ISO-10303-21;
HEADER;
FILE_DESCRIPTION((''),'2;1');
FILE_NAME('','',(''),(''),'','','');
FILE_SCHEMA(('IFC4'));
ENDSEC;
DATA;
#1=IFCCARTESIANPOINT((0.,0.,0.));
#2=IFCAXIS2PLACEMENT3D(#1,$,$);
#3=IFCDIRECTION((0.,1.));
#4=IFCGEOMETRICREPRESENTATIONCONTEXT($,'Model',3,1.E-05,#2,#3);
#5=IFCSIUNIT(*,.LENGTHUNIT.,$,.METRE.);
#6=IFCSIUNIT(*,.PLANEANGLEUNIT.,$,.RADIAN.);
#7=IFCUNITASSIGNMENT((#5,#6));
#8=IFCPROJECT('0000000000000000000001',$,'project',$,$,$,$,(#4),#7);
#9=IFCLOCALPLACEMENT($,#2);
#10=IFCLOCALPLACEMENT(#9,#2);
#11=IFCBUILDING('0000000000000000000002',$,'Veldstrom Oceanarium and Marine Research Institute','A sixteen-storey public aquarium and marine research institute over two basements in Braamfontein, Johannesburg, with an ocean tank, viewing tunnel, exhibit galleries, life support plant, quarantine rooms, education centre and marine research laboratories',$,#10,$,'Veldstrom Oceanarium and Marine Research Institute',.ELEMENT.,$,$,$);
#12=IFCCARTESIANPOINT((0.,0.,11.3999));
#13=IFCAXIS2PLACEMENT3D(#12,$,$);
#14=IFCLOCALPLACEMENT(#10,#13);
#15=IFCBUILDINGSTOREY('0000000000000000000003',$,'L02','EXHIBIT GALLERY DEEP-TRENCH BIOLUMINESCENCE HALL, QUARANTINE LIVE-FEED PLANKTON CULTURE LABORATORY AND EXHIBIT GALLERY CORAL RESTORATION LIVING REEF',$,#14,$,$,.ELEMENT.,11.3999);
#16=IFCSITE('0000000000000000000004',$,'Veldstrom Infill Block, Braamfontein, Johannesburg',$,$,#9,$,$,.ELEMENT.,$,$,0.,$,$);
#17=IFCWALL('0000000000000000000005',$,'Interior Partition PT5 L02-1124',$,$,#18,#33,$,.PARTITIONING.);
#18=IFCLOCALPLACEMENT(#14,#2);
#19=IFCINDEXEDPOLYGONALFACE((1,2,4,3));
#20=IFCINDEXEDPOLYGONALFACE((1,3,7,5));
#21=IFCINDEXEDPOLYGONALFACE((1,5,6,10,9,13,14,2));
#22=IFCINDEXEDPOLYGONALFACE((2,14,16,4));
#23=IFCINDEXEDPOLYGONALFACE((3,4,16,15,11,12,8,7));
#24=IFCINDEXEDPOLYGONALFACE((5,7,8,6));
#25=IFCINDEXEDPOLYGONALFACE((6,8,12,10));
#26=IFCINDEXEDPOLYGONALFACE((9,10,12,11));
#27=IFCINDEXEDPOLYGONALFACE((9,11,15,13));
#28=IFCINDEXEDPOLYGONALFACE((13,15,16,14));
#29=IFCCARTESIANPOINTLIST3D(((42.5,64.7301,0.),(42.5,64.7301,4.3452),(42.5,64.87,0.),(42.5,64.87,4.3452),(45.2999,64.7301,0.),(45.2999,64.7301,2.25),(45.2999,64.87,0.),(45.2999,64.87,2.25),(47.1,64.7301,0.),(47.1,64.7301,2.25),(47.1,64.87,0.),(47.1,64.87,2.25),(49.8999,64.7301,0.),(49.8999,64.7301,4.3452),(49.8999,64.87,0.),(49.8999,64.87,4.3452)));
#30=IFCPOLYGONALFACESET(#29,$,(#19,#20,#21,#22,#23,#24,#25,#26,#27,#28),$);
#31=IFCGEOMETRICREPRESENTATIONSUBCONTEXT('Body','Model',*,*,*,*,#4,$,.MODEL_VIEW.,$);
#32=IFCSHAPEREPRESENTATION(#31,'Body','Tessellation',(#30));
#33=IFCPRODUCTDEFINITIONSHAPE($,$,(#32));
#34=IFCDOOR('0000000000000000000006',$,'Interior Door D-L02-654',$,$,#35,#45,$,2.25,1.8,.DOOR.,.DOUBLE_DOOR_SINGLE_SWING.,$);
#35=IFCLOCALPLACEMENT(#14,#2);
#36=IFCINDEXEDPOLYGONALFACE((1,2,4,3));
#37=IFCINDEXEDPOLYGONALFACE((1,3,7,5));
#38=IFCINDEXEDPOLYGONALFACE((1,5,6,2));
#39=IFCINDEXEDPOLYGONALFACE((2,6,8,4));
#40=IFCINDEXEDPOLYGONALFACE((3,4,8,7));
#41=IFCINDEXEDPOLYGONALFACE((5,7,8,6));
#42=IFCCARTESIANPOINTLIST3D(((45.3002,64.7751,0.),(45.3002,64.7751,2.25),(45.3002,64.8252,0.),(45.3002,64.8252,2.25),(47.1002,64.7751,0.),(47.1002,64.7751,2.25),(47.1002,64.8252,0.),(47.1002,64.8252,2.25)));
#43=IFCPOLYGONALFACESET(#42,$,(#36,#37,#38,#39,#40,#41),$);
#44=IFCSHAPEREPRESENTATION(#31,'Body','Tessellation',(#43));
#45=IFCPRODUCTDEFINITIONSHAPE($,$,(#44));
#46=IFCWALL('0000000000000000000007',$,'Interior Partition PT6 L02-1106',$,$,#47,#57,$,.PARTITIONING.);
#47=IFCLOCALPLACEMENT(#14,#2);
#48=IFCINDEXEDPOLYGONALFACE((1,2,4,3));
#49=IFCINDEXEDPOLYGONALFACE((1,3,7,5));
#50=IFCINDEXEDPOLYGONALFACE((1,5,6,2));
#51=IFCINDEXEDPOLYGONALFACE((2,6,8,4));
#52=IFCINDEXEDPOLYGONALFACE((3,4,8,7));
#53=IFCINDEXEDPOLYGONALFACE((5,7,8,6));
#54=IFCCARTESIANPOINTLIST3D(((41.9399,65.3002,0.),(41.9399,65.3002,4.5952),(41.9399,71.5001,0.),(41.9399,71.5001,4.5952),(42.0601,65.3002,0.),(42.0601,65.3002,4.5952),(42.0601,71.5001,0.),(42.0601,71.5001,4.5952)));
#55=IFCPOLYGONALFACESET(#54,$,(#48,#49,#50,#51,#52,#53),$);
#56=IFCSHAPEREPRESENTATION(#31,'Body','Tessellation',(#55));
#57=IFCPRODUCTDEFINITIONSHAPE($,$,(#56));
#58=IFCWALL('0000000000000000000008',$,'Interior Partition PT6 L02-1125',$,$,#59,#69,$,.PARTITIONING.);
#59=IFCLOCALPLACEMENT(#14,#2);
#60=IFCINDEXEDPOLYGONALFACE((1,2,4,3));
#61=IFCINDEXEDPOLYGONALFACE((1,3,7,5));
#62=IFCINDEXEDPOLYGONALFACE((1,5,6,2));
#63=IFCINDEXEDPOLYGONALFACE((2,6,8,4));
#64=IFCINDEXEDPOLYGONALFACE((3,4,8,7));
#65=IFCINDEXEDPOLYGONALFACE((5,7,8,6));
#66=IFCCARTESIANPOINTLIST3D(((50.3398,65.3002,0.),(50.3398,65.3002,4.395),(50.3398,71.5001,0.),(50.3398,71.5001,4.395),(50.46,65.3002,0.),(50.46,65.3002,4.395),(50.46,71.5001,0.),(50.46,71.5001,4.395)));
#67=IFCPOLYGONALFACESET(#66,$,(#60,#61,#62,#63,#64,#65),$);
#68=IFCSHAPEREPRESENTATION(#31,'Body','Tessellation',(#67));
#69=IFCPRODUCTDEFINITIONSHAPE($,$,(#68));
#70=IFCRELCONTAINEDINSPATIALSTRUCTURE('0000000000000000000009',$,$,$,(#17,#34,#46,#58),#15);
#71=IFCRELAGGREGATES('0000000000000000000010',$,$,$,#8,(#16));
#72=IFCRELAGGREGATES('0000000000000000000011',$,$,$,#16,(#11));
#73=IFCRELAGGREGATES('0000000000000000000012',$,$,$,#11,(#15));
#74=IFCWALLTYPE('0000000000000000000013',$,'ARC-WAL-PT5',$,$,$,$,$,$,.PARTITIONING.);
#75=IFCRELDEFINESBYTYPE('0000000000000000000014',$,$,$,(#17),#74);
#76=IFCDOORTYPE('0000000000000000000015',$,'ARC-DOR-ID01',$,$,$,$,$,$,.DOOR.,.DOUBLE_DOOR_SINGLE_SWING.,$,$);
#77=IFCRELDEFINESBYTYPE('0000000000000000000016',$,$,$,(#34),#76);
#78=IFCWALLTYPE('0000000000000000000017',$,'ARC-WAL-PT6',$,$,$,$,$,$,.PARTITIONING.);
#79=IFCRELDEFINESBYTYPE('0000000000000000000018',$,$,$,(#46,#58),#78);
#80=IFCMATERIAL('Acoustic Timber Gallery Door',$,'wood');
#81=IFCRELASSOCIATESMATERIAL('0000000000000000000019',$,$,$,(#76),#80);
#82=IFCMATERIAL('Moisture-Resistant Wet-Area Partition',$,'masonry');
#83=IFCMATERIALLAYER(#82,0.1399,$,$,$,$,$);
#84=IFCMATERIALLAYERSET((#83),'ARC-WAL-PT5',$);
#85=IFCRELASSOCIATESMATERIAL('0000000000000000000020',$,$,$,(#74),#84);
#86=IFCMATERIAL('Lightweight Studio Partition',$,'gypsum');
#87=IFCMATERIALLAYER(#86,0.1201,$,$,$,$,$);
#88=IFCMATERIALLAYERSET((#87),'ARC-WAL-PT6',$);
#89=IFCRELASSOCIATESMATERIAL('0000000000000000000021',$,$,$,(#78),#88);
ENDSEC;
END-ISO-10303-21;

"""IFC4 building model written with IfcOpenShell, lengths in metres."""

from ifc_helpers import new_model, si_unit, direction, frame, frame_2d, origin, place, context, subcontext, project, spatial, rectangle, extrude, material, layer, layer_set, type_object, element, fill, save


model = new_model("IFC4")

# Units and contexts
model_context = context("Model", 3, precision=1e-05, world=origin(), true_north=direction((0.0, 1.0)))
body_context = subcontext(model_context, "Body", "Model", "MODEL_VIEW")
ifc_project = project(units=[si_unit("LENGTHUNIT", "METRE"), si_unit("PLANEANGLEUNIT", "RADIAN")], contexts=[model_context])

# Site, building, storey
site_placement = place(None, origin())
site = spatial("IfcSite", under=ifc_project, at=site_placement, Name="Veldstrom Infill Block, Braamfontein, Johannesburg", CompositionType="ELEMENT", RefElevation=0.0)
building_placement = place(site_placement, origin())
building = spatial("IfcBuilding", under=site, at=building_placement, Name="Veldstrom Oceanarium and Marine Research Institute", Description="A sixteen-storey public aquarium and marine research institute over two basements in Braamfontein, Johannesburg, with an ocean tank, viewing tunnel, exhibit galleries, life support plant, quarantine rooms, education centre and marine research laboratories", LongName="Veldstrom Oceanarium and Marine Research Institute", CompositionType="ELEMENT")
storey_placement = place(building_placement, frame((0.0, 0.0, 11.3999)))
storey = spatial("IfcBuildingStorey", under=building, at=storey_placement, Name="L02", Description="EXHIBIT GALLERY DEEP-TRENCH BIOLUMINESCENCE HALL, QUARANTINE LIVE-FEED PLANKTON CULTURE LABORATORY AND EXHIBIT GALLERY CORAL RESTORATION LIVING REEF", CompositionType="ELEMENT", Elevation=11.3999)

# Wall, opening, door
ifc_material_1 = material(Name="Acoustic Timber Gallery Door", Category="wood")
door_type = type_object("IfcDoorType", Name="ARC-DOR-ID01", OperationType="DOUBLE_DOOR_SINGLE_SWING", PredefinedType="DOOR", material=ifc_material_1)
ifc_material_2 = material(Name="Moisture-Resistant Wet-Area Partition", Category="masonry")
ifc_layer_1 = layer(ifc_material_2, 0.1399)
ifc_layer_set_1 = layer_set([ifc_layer_1], Name="ARC-WAL-PT5")
wall_type_1 = type_object("IfcWallType", Name="ARC-WAL-PT5", PredefinedType="PARTITIONING", material=ifc_layer_set_1)
wall_1_placement = place(storey_placement, frame((42.5, 64.8, 0.0), z_axis=(0.0, 0.0, 1.0), x_axis=(1.0, 0.0, 0.0)))
wall_1 = element("IfcWall", 1, at=wall_1_placement, inside=storey, type_object=wall_type_1, Name="Interior Partition PT5 L02-1124", PredefinedType="PARTITIONING", context=body_context, shape_type="SweptSolid", body=[
    extrude(rectangle(XDim=7.3999, YDim=0.1399, at=frame_2d((3.7, 0.0))), origin(), (0.0, 0.0, 1.0), 4.3452),
])
opening_1_placement = place(wall_1_placement, frame((2.8, 0.0, 0.0)))
opening_1 = element("IfcOpeningElement", 2, at=opening_1_placement, cuts=wall_1, PredefinedType="OPENING", context=body_context, shape_type="SweptSolid", body=[
    extrude(rectangle(XDim=1.8, YDim=2.25, at=frame_2d((0.8999, 1.125))), frame((0.0, 0.0798, 0.0), z_axis=(0.0, -1.0, 0.0), x_axis=(1.0, 0.0, 0.0)), (0.0, 0.0, 1.0), 0.1599),
])
door_1_placement = place(opening_1_placement, frame((1.8, 0.0, 0.0), z_axis=(0.0, 0.0, 1.0), x_axis=(-1.0, 0.0, 0.0)))
door_1 = element("IfcDoor", 3, at=door_1_placement, inside=storey, type_object=door_type, Name="Interior Door D-L02-654", OperationType="DOUBLE_DOOR_SINGLE_SWING", OverallHeight=2.25, OverallWidth=1.8, PredefinedType="DOOR", context=body_context, shape_type="SweptSolid", body=[
    extrude(rectangle(XDim=1.8, YDim=2.25, at=frame_2d((0.8999, 1.125))), frame((0.0, 0.0249, 0.0), z_axis=(0.0, -1.0, 0.0), x_axis=(1.0, 0.0, 0.0)), (0.0, 0.0, 1.0), 0.05),
])
fill(opening_1, door_1)

# Walls
ifc_material_3 = material(Name="Lightweight Studio Partition", Category="gypsum")
ifc_layer_2 = layer(ifc_material_3, 0.1201)
ifc_layer_set_2 = layer_set([ifc_layer_2], Name="ARC-WAL-PT6")
wall_type_2 = type_object("IfcWallType", Name="ARC-WAL-PT6", PredefinedType="PARTITIONING", material=ifc_layer_set_2)
wall_2_placement = place(storey_placement, frame((42.0, 65.3, 0.0), z_axis=(0.0, 0.0, 1.0), x_axis=(0.0, 1.0, 0.0)))
element("IfcWall", 4, at=wall_2_placement, inside=storey, type_object=wall_type_2, Name="Interior Partition PT6 L02-1106", PredefinedType="PARTITIONING", context=body_context, shape_type="SweptSolid", body=[
    extrude(rectangle(XDim=6.2, YDim=0.1201, at=frame_2d((3.1001, 0.0))), origin(), (0.0, 0.0, 1.0), 4.5952),
])
wall_3_placement = place(storey_placement, frame((50.3999, 65.3, 0.0), z_axis=(0.0, 0.0, 1.0), x_axis=(0.0, 1.0, 0.0)))
element("IfcWall", 5, at=wall_3_placement, inside=storey, type_object=wall_type_2, Name="Interior Partition PT6 L02-1125", PredefinedType="PARTITIONING", context=body_context, shape_type="SweptSolid", body=[
    extrude(rectangle(XDim=6.2, YDim=0.1201, at=frame_2d((3.1001, 0.0))), origin(), (0.0, 0.0, 1.0), 4.395),
])

save(model, "model.ifc")
